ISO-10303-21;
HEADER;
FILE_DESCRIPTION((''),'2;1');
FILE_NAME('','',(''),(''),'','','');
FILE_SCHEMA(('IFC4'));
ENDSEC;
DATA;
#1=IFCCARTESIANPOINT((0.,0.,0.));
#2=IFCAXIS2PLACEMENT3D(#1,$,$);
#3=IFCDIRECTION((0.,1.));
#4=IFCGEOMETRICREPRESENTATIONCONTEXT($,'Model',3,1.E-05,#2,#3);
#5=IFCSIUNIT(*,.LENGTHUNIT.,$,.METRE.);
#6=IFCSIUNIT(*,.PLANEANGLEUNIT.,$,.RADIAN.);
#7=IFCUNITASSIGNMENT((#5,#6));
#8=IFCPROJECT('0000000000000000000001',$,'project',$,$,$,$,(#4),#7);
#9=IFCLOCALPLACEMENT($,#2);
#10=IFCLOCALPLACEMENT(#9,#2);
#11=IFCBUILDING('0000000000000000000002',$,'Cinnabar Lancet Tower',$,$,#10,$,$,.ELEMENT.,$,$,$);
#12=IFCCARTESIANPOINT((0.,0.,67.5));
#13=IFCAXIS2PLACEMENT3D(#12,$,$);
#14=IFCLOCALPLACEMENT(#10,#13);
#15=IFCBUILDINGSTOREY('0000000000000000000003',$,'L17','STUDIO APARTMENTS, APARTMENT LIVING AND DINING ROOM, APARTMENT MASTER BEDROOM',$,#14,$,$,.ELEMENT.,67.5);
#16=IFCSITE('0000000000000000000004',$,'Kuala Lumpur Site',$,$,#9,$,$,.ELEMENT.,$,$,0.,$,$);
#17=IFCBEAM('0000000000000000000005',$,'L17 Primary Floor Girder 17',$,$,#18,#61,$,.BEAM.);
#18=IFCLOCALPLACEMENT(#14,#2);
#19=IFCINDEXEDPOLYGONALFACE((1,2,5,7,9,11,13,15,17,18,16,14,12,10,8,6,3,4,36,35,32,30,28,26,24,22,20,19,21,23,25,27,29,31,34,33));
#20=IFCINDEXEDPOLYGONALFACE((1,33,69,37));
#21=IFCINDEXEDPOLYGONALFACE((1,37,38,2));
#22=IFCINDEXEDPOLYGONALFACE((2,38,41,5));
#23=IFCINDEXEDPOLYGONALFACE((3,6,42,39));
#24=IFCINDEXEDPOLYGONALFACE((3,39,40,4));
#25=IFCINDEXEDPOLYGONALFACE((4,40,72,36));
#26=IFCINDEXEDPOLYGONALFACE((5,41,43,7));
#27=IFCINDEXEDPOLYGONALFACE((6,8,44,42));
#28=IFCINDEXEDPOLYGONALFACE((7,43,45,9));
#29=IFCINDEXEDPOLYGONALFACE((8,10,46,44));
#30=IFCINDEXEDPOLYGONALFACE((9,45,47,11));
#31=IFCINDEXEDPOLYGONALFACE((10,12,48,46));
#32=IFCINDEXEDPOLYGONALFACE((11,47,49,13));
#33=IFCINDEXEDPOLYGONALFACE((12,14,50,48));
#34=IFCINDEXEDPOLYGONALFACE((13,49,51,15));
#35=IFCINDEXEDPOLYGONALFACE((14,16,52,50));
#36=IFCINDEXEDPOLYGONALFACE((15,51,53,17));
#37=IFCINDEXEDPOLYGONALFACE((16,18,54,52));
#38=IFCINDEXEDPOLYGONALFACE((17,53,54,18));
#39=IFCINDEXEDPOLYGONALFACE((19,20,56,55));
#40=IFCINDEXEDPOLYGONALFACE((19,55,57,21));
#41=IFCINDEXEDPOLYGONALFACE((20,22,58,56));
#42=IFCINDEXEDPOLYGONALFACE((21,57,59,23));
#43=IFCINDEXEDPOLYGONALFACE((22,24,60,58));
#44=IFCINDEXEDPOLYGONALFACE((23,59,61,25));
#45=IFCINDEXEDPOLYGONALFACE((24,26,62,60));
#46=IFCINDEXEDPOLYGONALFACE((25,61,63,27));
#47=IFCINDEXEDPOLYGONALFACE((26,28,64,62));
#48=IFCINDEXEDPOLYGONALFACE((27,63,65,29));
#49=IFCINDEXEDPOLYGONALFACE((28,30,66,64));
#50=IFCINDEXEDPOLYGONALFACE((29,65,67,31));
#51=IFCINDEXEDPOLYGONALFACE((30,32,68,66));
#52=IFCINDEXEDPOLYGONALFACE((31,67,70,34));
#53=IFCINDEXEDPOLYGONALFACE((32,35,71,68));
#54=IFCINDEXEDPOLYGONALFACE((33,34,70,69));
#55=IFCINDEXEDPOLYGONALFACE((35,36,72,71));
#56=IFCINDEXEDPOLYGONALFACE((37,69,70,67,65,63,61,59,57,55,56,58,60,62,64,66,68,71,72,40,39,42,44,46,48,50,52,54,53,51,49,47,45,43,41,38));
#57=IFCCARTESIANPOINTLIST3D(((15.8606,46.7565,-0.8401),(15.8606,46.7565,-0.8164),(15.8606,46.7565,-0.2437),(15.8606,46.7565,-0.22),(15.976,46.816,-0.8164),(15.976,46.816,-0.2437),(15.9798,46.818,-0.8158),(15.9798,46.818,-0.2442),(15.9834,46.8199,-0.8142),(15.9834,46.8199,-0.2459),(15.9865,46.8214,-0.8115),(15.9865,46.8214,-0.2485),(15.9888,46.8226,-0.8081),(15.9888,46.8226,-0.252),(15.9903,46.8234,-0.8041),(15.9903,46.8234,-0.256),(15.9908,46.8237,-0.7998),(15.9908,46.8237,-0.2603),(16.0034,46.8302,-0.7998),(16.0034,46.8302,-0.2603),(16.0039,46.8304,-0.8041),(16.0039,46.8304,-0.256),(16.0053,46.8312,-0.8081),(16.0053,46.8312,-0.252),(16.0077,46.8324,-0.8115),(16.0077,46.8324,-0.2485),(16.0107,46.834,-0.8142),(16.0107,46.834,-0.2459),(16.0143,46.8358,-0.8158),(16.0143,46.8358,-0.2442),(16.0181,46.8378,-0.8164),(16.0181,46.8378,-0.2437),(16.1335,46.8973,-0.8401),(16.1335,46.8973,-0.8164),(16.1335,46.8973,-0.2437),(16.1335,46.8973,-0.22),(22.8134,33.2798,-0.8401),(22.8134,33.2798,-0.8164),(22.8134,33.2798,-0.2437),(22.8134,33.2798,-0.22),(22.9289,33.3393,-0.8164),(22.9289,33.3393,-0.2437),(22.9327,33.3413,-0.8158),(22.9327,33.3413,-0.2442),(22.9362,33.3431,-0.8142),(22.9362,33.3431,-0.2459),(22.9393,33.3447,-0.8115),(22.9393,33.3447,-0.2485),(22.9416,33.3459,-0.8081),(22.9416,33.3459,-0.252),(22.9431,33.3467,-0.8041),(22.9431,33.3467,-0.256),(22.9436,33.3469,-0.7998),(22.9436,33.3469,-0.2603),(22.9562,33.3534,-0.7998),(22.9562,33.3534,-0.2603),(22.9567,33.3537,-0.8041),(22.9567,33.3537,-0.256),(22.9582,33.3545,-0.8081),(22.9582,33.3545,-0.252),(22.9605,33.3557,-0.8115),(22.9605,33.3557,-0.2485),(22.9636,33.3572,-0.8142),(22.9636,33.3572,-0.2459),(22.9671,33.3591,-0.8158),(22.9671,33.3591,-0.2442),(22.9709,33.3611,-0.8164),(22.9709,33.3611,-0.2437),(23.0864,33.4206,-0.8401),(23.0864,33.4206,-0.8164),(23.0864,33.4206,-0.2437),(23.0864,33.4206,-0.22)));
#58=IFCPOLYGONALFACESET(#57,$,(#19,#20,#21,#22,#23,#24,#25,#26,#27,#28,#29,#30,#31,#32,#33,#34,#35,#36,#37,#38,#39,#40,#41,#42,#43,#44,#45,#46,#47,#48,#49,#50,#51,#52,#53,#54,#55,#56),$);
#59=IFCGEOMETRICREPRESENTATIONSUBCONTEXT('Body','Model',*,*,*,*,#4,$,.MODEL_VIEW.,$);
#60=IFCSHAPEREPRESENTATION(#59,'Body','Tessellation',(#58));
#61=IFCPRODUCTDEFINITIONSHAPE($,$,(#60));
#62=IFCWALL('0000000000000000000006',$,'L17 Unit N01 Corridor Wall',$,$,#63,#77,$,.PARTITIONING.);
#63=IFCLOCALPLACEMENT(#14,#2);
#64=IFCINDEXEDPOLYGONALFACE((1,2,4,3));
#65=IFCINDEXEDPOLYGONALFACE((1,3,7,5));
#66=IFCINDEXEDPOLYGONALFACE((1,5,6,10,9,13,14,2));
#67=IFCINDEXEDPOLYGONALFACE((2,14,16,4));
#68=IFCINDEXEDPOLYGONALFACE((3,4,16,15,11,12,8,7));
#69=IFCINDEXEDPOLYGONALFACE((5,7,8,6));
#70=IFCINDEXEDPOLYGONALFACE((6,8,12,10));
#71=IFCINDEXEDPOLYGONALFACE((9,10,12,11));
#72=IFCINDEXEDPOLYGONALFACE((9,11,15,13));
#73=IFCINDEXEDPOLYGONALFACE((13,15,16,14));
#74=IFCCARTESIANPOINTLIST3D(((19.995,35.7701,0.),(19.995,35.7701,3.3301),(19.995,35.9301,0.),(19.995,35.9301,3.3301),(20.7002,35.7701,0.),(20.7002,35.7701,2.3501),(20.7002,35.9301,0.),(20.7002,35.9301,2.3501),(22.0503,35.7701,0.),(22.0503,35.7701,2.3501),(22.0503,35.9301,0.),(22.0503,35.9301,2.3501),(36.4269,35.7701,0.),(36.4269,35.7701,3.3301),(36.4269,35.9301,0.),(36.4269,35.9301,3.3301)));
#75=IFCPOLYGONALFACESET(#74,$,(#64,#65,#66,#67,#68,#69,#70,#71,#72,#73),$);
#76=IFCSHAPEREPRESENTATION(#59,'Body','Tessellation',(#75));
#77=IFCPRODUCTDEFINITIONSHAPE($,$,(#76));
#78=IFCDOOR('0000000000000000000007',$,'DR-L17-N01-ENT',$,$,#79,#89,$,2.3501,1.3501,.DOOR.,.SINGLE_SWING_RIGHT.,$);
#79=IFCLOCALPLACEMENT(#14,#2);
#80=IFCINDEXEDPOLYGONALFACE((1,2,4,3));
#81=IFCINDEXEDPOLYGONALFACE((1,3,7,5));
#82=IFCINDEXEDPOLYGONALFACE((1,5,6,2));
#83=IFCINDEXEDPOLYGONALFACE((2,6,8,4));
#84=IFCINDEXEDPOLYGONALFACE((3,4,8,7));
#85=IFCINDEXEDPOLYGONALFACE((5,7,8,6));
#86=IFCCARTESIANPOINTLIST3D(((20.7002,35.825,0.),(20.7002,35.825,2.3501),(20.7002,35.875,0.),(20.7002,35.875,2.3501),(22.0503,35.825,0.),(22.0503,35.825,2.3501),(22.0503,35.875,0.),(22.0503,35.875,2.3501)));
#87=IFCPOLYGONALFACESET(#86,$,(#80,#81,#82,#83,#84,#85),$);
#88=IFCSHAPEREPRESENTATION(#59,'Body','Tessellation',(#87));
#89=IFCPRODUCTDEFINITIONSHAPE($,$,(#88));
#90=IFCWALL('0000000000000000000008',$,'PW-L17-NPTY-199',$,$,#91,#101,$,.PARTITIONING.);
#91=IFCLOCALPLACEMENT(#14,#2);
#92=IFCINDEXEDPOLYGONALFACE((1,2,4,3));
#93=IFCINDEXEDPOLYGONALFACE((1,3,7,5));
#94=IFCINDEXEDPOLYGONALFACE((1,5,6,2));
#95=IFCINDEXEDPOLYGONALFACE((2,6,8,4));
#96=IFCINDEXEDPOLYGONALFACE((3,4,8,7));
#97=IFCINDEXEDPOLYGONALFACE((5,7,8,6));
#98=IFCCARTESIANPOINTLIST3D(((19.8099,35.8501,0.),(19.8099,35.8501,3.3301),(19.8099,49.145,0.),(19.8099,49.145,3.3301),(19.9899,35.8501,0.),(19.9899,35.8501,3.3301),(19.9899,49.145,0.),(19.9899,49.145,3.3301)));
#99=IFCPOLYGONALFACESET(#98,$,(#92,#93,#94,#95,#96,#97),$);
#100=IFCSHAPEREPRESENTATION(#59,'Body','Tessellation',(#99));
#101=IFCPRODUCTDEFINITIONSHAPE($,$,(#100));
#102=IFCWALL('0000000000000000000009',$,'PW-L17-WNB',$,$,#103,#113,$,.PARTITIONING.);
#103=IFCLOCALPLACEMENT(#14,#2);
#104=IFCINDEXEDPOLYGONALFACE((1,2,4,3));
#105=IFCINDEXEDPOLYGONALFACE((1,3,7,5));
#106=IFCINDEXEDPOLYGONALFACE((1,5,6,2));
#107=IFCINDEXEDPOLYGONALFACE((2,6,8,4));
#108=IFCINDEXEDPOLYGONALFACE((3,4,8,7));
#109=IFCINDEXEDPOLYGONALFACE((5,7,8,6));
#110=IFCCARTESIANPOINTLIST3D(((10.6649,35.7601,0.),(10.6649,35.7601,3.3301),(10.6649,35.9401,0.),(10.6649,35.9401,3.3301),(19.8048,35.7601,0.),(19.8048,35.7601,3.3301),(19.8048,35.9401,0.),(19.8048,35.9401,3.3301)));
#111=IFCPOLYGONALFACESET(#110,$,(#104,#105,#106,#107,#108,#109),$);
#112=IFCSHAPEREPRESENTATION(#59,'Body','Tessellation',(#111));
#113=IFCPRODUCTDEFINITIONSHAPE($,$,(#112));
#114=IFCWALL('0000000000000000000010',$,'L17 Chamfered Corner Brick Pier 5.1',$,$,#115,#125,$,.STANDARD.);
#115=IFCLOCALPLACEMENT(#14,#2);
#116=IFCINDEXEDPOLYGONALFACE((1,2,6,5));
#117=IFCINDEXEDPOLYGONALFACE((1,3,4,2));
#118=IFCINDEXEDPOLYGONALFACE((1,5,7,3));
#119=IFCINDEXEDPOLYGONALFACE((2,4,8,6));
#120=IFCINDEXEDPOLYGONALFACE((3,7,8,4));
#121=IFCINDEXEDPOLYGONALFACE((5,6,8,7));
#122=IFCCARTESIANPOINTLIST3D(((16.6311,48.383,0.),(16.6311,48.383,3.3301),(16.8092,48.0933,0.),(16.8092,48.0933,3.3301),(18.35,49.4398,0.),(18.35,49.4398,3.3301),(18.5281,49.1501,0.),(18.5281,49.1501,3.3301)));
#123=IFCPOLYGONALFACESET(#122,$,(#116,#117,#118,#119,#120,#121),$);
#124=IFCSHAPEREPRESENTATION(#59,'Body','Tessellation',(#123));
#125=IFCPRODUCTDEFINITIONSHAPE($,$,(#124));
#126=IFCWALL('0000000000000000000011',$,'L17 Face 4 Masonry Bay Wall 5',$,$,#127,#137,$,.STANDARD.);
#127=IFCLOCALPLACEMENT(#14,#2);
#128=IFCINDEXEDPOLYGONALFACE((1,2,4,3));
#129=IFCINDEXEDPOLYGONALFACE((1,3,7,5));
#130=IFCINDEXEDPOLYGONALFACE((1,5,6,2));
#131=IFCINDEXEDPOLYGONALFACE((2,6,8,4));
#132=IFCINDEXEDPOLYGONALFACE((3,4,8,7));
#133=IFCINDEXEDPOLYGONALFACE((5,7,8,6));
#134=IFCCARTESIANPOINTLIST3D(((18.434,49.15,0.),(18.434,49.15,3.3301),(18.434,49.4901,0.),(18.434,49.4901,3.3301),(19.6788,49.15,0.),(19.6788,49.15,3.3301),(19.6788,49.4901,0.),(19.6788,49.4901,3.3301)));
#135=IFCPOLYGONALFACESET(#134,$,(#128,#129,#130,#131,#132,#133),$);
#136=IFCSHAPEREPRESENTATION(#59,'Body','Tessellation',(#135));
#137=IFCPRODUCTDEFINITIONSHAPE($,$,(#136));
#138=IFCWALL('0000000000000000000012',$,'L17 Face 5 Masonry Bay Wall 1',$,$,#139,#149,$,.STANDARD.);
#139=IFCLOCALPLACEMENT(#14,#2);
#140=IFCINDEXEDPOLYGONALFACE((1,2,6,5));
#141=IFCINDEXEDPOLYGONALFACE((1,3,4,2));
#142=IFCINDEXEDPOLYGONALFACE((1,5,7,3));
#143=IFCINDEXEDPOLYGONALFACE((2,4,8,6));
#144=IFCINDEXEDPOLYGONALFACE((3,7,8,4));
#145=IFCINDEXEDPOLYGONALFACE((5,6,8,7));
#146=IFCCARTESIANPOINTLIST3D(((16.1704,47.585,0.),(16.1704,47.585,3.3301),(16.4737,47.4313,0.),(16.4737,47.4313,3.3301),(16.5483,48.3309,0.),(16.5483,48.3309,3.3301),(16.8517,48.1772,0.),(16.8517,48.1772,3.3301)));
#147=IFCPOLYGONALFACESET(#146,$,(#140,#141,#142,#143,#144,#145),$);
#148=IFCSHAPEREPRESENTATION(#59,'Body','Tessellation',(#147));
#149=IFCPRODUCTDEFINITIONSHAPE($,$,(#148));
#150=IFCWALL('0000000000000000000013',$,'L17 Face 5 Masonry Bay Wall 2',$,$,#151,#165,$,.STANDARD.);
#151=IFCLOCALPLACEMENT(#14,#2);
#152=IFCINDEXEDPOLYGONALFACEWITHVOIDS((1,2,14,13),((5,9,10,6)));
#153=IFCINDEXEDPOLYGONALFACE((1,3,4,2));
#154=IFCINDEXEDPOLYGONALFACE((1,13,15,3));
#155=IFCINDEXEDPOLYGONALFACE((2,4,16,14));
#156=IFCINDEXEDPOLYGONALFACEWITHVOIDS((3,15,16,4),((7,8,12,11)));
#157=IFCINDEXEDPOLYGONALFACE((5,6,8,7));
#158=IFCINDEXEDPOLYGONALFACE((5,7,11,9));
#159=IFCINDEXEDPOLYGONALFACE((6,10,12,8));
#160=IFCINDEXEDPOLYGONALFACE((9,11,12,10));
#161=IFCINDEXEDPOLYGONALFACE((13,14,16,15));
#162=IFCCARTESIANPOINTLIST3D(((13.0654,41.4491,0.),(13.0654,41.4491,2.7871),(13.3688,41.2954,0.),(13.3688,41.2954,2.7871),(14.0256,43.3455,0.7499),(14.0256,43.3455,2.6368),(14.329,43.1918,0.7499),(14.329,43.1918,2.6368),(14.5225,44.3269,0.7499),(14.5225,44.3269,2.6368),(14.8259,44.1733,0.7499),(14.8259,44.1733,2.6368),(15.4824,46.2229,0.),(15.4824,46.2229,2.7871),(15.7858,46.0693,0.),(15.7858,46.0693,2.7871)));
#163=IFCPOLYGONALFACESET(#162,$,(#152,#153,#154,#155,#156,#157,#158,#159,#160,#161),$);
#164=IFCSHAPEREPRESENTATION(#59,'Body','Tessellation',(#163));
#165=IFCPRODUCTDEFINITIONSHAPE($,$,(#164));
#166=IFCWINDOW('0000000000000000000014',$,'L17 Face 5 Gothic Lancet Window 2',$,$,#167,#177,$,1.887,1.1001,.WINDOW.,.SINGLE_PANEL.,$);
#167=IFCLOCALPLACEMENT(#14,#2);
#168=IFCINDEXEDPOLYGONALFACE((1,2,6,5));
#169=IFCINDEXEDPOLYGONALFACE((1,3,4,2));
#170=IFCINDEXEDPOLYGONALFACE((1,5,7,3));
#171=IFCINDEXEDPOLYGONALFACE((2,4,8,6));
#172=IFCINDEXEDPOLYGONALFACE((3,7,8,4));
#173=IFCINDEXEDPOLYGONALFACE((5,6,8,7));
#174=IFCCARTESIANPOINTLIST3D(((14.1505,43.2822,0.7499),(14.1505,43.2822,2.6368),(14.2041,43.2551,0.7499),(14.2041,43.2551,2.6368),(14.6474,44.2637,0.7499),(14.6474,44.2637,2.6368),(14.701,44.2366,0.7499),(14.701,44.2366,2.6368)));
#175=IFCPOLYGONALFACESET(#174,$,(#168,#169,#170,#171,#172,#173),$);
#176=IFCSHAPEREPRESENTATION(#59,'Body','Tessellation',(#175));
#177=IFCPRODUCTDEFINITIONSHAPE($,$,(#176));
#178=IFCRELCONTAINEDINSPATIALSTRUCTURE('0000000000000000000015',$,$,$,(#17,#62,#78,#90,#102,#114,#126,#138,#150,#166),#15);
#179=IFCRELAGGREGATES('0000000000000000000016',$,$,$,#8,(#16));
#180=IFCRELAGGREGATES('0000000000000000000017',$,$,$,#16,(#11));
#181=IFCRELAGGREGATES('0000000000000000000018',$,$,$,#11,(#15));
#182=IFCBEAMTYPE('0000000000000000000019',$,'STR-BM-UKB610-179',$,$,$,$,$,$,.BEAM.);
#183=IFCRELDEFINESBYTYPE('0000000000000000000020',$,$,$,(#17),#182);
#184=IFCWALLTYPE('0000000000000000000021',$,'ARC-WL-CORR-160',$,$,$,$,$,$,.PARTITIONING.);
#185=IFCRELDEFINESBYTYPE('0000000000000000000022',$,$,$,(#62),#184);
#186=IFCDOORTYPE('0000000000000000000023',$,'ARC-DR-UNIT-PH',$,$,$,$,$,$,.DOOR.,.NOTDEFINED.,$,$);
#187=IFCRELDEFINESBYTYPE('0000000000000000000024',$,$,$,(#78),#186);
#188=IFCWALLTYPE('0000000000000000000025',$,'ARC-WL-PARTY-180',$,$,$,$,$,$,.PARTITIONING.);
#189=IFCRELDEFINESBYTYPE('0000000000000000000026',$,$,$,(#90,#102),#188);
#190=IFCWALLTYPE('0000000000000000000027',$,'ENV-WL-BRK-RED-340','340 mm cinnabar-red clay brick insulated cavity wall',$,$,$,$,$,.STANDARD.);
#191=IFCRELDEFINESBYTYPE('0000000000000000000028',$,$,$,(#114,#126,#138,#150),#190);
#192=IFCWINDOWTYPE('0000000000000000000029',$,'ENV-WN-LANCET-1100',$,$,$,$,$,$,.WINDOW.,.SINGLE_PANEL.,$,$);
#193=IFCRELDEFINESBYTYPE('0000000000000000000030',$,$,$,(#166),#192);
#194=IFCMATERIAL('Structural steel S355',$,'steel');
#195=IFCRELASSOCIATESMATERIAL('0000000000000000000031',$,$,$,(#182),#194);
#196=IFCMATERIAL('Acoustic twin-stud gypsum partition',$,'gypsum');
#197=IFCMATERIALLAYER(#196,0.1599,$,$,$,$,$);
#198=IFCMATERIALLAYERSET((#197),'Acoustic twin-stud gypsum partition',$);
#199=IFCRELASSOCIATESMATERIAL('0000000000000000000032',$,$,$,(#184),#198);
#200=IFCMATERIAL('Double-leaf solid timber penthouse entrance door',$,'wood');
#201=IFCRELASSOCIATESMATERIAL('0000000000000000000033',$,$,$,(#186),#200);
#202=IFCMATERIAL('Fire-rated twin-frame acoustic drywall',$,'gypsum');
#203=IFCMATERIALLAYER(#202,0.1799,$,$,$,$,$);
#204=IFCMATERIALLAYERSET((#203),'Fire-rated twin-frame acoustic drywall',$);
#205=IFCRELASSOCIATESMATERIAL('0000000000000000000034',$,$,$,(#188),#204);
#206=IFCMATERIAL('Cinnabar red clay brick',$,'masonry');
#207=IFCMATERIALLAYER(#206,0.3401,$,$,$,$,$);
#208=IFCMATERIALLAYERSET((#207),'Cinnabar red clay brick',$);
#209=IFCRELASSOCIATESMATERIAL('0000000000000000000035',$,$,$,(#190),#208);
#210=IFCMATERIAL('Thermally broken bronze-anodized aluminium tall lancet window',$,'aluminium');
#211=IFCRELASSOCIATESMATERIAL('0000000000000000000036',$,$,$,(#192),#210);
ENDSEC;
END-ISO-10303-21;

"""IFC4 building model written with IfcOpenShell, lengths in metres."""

from ifc_helpers import new_model, si_unit, direction, frame, frame_2d, origin, origin_2d, place, context, subcontext, project, spatial, rectangle, i_section, extrude, material, layer, layer_set, material_profile, profile_set, type_object, element, fill, save


model = new_model("IFC4")

# Units and contexts
model_context = context("Model", 3, precision=1e-05, world=origin(), true_north=direction((0.0, 1.0)))
body_context = subcontext(model_context, "Body", "Model", "MODEL_VIEW")
ifc_project = project(units=[si_unit("LENGTHUNIT", "METRE"), si_unit("PLANEANGLEUNIT", "RADIAN")], contexts=[model_context])

# Site, building, storey
site_placement = place(None, origin())
site = spatial("IfcSite", under=ifc_project, at=site_placement, Name="Kuala Lumpur Site", CompositionType="ELEMENT", RefElevation=0.0)
building_placement = place(site_placement, origin())
building = spatial("IfcBuilding", under=site, at=building_placement, Name="Cinnabar Lancet Tower", CompositionType="ELEMENT")
storey_placement = place(building_placement, frame((0.0, 0.0, 67.5)))
storey = spatial("IfcBuildingStorey", under=building, at=storey_placement, Name="L17", Description="STUDIO APARTMENTS, APARTMENT LIVING AND DINING ROOM, APARTMENT MASTER BEDROOM", CompositionType="ELEMENT", Elevation=67.5)

# Beam
ifc_material_1 = material(Name="Structural steel S355", Category="steel")
ifc_material_profile_1 = material_profile(ifc_material_1, i_section(OverallWidth=0.3071, OverallDepth=0.6201, WebThickness=0.0142, FlangeThickness=0.0237, FilletRadius=0.0166, at=origin_2d()), Name="UKB 610x305x179")
ifc_profile_set_1 = profile_set([ifc_material_profile_1], Name="Structural steel S355")
beam_type_1 = type_object("IfcBeamType", Name="STR-BM-UKB610-179", PredefinedType="BEAM", material=ifc_profile_set_1)
beam_1_placement = place(storey_placement, frame((15.9971, 46.8269, -0.53), z_axis=(0.458492, -0.888698, 0.0), x_axis=(0.888698, 0.458492, 0.0)))
element("IfcBeam", 1, at=beam_1_placement, inside=storey, type_object=beam_type_1, Name="L17 Primary Floor Girder 17", PredefinedType="BEAM", context=body_context, shape_type="SweptSolid", body=[
    extrude(i_section(OverallWidth=0.3071, OverallDepth=0.6201, WebThickness=0.0142, FlangeThickness=0.0237, FilletRadius=0.0166, at=origin_2d()), origin(), (0.0, 0.0, 1.0), 15.1646),
])

# Wall, opening, door
ifc_material_2 = material(Name="Acoustic twin-stud gypsum partition", Category="gypsum")
ifc_layer_1 = layer(ifc_material_2, 0.1599)
ifc_layer_set_1 = layer_set([ifc_layer_1], Name="Acoustic twin-stud gypsum partition")
wall_type_1 = type_object("IfcWallType", Name="ARC-WL-CORR-160", PredefinedType="PARTITIONING", material=ifc_layer_set_1)
wall_1_placement = place(storey_placement, frame((19.9951, 35.8501, 0.0), z_axis=(0.0, 0.0, 1.0), x_axis=(1.0, 0.0, 0.0)))
wall_1 = element("IfcWall", 2, at=wall_1_placement, inside=storey, type_object=wall_type_1, Name="L17 Unit N01 Corridor Wall", PredefinedType="PARTITIONING", context=body_context, shape_type="SweptSolid", body=[
    extrude(rectangle(XDim=16.4319, YDim=0.1599, at=frame_2d((8.2158, 0.0))), origin(), (0.0, 0.0, 1.0), 3.3301),
])
opening_1_placement = place(wall_1_placement, frame((0.7051, 0.0, 0.0)))
opening_1 = element("IfcOpeningElement", 3, at=opening_1_placement, cuts=wall_1, PredefinedType="OPENING", context=body_context, shape_type="SweptSolid", body=[
    extrude(rectangle(XDim=1.3501, YDim=2.3501, at=frame_2d((0.675, 1.175))), frame((0.0, 0.0898, 0.0), z_axis=(0.0, -1.0, 0.0), x_axis=(1.0, 0.0, 0.0)), (0.0, 0.0, 1.0), 0.1799),
])
ifc_material_3 = material(Name="Double-leaf solid timber penthouse entrance door", Category="wood")
door_type = type_object("IfcDoorType", Name="ARC-DR-UNIT-PH", OperationType="NOTDEFINED", PredefinedType="DOOR", material=ifc_material_3)
door_placement = place(opening_1_placement, origin())
door = element("IfcDoor", 4, at=door_placement, inside=storey, type_object=door_type, Name="DR-L17-N01-ENT", OperationType="SINGLE_SWING_RIGHT", OverallHeight=2.3501, OverallWidth=1.3501, PredefinedType="DOOR", context=body_context, shape_type="SweptSolid", body=[
    extrude(rectangle(XDim=1.3501, YDim=2.3501, at=frame_2d((0.675, 1.175))), frame((0.0, 0.0249, 0.0), z_axis=(0.0, -1.0, 0.0), x_axis=(1.0, 0.0, 0.0)), (0.0, 0.0, 1.0), 0.05),
])
fill(opening_1, door)

# Walls
ifc_material_4 = material(Name="Fire-rated twin-frame acoustic drywall", Category="gypsum")
ifc_layer_2 = layer(ifc_material_4, 0.1799)
ifc_layer_set_2 = layer_set([ifc_layer_2], Name="Fire-rated twin-frame acoustic drywall")
wall_type_2 = type_object("IfcWallType", Name="ARC-WL-PARTY-180", PredefinedType="PARTITIONING", material=ifc_layer_set_2)
wall_2_placement = place(storey_placement, frame((19.8999, 35.8501, 0.0), z_axis=(0.0, 0.0, 1.0), x_axis=(0.0, 1.0, 0.0)))
element("IfcWall", 5, at=wall_2_placement, inside=storey, type_object=wall_type_2, Name="PW-L17-NPTY-199", PredefinedType="PARTITIONING", context=body_context, shape_type="SweptSolid", body=[
    extrude(rectangle(XDim=13.2949, YDim=0.1799, at=frame_2d((6.6475, 0.0))), origin(), (0.0, 0.0, 1.0), 3.3301),
])
wall_3_placement = place(storey_placement, frame((10.665, 35.8501, 0.0), z_axis=(0.0, 0.0, 1.0), x_axis=(1.0, 0.0, 0.0)))
element("IfcWall", 6, at=wall_3_placement, inside=storey, type_object=wall_type_2, Name="PW-L17-WNB", PredefinedType="PARTITIONING", context=body_context, shape_type="SweptSolid", body=[
    extrude(rectangle(XDim=9.1399, YDim=0.1799, at=frame_2d((4.5698, 0.0))), origin(), (0.0, 0.0, 1.0), 3.3301),
])
ifc_material_5 = material(Name="Cinnabar red clay brick", Category="masonry")
ifc_layer_3 = layer(ifc_material_5, 0.3401)
ifc_layer_set_3 = layer_set([ifc_layer_3], Name="Cinnabar red clay brick")
wall_type_3 = type_object("IfcWallType", Name="ENV-WL-BRK-RED-340", Description="340 mm cinnabar-red clay brick insulated cavity wall", PredefinedType="STANDARD", material=ifc_layer_set_3)
wall_4_placement = place(storey_placement, frame((18.439, 49.2949, 0.0), z_axis=(0.0, 0.0, 1.0), x_axis=(-0.85187, -0.523753, 0.0)))
element("IfcWall", 7, at=wall_4_placement, inside=storey, type_object=wall_type_3, Name="L17 Chamfered Corner Brick Pier 5.1", PredefinedType="STANDARD", context=body_context, shape_type="SweptSolid", body=[
    extrude(rectangle(XDim=2.0178, YDim=0.3401, at=frame_2d((1.0088, 0.0))), origin(), (0.0, 0.0, 1.0), 3.3301),
])
wall_5_placement = place(storey_placement, frame((19.679, 49.3201, 0.0), z_axis=(0.0, 0.0, 1.0), x_axis=(-1.0, 0.0, 0.0)))
element("IfcWall", 8, at=wall_5_placement, inside=storey, type_object=wall_type_3, Name="L17 Face 4 Masonry Bay Wall 5", PredefinedType="STANDARD", context=body_context, shape_type="SweptSolid", body=[
    extrude(rectangle(XDim=1.2449, YDim=0.3401, at=frame_2d((0.6226, 0.0))), origin(), (0.0, 0.0, 1.0), 3.3301),
])
wall_6_placement = place(storey_placement, frame((16.7, 48.2539, 0.0), z_axis=(0.0, 0.0, 1.0), x_axis=(-0.451996, -0.89202, 0.0)))
element("IfcWall", 9, at=wall_6_placement, inside=storey, type_object=wall_type_3, Name="L17 Face 5 Masonry Bay Wall 1", PredefinedType="STANDARD", context=body_context, shape_type="SweptSolid", body=[
    extrude(rectangle(XDim=0.8362, YDim=0.3401, at=frame_2d((0.418, 0.0))), origin(), (0.0, 0.0, 1.0), 3.3301),
])

# Wall, opening, window
wall_7_placement = place(storey_placement, frame((15.634, 46.146, 0.0), z_axis=(0.0, 0.0, 1.0), x_axis=(-0.451698, -0.892171, 0.0)))
wall_7 = element("IfcWall", 10, at=wall_7_placement, inside=storey, type_object=wall_type_3, Name="L17 Face 5 Masonry Bay Wall 2", PredefinedType="STANDARD", context=body_context, shape_type="SweptSolid", body=[
    extrude(rectangle(XDim=5.3508, YDim=0.3401, at=frame_2d((2.6753, 0.0))), origin(), (0.0, 0.0, 1.0), 2.7871),
])
opening_2_placement = place(wall_7_placement, frame((2.125, 0.0, 0.75)))
opening_2 = element("IfcOpeningElement", 11, at=opening_2_placement, cuts=wall_7, PredefinedType="OPENING", context=body_context, shape_type="SweptSolid", body=[
    extrude(rectangle(XDim=1.1001, YDim=1.887, at=frame_2d((0.55, 0.9434))), frame((0.0, 0.1799, 0.0), z_axis=(0.0, -1.0, 0.0), x_axis=(1.0, 0.0, 0.0)), (0.0, 0.0, 1.0), 0.3601),
])
ifc_material_6 = material(Name="Thermally broken bronze-anodized aluminium tall lancet window", Category="aluminium")
window_type = type_object("IfcWindowType", Name="ENV-WN-LANCET-1100", PartitioningType="SINGLE_PANEL", PredefinedType="WINDOW", material=ifc_material_6)
window_1_placement = place(opening_2_placement, origin())
window_1 = element("IfcWindow", 12, at=window_1_placement, inside=storey, type_object=window_type, Name="L17 Face 5 Gothic Lancet Window 2", OverallHeight=1.887, OverallWidth=1.1001, PartitioningType="SINGLE_PANEL", PredefinedType="WINDOW", context=body_context, shape_type="SweptSolid", body=[
    extrude(rectangle(XDim=1.1001, YDim=1.887, at=frame_2d((0.55, 0.9434))), frame((0.0, 0.03, 0.0), z_axis=(0.0, -1.0, 0.0), x_axis=(1.0, 0.0, 0.0)), (0.0, 0.0, 1.0), 0.0601),
])
fill(opening_2, window_1)

save(model, "model.ifc")
